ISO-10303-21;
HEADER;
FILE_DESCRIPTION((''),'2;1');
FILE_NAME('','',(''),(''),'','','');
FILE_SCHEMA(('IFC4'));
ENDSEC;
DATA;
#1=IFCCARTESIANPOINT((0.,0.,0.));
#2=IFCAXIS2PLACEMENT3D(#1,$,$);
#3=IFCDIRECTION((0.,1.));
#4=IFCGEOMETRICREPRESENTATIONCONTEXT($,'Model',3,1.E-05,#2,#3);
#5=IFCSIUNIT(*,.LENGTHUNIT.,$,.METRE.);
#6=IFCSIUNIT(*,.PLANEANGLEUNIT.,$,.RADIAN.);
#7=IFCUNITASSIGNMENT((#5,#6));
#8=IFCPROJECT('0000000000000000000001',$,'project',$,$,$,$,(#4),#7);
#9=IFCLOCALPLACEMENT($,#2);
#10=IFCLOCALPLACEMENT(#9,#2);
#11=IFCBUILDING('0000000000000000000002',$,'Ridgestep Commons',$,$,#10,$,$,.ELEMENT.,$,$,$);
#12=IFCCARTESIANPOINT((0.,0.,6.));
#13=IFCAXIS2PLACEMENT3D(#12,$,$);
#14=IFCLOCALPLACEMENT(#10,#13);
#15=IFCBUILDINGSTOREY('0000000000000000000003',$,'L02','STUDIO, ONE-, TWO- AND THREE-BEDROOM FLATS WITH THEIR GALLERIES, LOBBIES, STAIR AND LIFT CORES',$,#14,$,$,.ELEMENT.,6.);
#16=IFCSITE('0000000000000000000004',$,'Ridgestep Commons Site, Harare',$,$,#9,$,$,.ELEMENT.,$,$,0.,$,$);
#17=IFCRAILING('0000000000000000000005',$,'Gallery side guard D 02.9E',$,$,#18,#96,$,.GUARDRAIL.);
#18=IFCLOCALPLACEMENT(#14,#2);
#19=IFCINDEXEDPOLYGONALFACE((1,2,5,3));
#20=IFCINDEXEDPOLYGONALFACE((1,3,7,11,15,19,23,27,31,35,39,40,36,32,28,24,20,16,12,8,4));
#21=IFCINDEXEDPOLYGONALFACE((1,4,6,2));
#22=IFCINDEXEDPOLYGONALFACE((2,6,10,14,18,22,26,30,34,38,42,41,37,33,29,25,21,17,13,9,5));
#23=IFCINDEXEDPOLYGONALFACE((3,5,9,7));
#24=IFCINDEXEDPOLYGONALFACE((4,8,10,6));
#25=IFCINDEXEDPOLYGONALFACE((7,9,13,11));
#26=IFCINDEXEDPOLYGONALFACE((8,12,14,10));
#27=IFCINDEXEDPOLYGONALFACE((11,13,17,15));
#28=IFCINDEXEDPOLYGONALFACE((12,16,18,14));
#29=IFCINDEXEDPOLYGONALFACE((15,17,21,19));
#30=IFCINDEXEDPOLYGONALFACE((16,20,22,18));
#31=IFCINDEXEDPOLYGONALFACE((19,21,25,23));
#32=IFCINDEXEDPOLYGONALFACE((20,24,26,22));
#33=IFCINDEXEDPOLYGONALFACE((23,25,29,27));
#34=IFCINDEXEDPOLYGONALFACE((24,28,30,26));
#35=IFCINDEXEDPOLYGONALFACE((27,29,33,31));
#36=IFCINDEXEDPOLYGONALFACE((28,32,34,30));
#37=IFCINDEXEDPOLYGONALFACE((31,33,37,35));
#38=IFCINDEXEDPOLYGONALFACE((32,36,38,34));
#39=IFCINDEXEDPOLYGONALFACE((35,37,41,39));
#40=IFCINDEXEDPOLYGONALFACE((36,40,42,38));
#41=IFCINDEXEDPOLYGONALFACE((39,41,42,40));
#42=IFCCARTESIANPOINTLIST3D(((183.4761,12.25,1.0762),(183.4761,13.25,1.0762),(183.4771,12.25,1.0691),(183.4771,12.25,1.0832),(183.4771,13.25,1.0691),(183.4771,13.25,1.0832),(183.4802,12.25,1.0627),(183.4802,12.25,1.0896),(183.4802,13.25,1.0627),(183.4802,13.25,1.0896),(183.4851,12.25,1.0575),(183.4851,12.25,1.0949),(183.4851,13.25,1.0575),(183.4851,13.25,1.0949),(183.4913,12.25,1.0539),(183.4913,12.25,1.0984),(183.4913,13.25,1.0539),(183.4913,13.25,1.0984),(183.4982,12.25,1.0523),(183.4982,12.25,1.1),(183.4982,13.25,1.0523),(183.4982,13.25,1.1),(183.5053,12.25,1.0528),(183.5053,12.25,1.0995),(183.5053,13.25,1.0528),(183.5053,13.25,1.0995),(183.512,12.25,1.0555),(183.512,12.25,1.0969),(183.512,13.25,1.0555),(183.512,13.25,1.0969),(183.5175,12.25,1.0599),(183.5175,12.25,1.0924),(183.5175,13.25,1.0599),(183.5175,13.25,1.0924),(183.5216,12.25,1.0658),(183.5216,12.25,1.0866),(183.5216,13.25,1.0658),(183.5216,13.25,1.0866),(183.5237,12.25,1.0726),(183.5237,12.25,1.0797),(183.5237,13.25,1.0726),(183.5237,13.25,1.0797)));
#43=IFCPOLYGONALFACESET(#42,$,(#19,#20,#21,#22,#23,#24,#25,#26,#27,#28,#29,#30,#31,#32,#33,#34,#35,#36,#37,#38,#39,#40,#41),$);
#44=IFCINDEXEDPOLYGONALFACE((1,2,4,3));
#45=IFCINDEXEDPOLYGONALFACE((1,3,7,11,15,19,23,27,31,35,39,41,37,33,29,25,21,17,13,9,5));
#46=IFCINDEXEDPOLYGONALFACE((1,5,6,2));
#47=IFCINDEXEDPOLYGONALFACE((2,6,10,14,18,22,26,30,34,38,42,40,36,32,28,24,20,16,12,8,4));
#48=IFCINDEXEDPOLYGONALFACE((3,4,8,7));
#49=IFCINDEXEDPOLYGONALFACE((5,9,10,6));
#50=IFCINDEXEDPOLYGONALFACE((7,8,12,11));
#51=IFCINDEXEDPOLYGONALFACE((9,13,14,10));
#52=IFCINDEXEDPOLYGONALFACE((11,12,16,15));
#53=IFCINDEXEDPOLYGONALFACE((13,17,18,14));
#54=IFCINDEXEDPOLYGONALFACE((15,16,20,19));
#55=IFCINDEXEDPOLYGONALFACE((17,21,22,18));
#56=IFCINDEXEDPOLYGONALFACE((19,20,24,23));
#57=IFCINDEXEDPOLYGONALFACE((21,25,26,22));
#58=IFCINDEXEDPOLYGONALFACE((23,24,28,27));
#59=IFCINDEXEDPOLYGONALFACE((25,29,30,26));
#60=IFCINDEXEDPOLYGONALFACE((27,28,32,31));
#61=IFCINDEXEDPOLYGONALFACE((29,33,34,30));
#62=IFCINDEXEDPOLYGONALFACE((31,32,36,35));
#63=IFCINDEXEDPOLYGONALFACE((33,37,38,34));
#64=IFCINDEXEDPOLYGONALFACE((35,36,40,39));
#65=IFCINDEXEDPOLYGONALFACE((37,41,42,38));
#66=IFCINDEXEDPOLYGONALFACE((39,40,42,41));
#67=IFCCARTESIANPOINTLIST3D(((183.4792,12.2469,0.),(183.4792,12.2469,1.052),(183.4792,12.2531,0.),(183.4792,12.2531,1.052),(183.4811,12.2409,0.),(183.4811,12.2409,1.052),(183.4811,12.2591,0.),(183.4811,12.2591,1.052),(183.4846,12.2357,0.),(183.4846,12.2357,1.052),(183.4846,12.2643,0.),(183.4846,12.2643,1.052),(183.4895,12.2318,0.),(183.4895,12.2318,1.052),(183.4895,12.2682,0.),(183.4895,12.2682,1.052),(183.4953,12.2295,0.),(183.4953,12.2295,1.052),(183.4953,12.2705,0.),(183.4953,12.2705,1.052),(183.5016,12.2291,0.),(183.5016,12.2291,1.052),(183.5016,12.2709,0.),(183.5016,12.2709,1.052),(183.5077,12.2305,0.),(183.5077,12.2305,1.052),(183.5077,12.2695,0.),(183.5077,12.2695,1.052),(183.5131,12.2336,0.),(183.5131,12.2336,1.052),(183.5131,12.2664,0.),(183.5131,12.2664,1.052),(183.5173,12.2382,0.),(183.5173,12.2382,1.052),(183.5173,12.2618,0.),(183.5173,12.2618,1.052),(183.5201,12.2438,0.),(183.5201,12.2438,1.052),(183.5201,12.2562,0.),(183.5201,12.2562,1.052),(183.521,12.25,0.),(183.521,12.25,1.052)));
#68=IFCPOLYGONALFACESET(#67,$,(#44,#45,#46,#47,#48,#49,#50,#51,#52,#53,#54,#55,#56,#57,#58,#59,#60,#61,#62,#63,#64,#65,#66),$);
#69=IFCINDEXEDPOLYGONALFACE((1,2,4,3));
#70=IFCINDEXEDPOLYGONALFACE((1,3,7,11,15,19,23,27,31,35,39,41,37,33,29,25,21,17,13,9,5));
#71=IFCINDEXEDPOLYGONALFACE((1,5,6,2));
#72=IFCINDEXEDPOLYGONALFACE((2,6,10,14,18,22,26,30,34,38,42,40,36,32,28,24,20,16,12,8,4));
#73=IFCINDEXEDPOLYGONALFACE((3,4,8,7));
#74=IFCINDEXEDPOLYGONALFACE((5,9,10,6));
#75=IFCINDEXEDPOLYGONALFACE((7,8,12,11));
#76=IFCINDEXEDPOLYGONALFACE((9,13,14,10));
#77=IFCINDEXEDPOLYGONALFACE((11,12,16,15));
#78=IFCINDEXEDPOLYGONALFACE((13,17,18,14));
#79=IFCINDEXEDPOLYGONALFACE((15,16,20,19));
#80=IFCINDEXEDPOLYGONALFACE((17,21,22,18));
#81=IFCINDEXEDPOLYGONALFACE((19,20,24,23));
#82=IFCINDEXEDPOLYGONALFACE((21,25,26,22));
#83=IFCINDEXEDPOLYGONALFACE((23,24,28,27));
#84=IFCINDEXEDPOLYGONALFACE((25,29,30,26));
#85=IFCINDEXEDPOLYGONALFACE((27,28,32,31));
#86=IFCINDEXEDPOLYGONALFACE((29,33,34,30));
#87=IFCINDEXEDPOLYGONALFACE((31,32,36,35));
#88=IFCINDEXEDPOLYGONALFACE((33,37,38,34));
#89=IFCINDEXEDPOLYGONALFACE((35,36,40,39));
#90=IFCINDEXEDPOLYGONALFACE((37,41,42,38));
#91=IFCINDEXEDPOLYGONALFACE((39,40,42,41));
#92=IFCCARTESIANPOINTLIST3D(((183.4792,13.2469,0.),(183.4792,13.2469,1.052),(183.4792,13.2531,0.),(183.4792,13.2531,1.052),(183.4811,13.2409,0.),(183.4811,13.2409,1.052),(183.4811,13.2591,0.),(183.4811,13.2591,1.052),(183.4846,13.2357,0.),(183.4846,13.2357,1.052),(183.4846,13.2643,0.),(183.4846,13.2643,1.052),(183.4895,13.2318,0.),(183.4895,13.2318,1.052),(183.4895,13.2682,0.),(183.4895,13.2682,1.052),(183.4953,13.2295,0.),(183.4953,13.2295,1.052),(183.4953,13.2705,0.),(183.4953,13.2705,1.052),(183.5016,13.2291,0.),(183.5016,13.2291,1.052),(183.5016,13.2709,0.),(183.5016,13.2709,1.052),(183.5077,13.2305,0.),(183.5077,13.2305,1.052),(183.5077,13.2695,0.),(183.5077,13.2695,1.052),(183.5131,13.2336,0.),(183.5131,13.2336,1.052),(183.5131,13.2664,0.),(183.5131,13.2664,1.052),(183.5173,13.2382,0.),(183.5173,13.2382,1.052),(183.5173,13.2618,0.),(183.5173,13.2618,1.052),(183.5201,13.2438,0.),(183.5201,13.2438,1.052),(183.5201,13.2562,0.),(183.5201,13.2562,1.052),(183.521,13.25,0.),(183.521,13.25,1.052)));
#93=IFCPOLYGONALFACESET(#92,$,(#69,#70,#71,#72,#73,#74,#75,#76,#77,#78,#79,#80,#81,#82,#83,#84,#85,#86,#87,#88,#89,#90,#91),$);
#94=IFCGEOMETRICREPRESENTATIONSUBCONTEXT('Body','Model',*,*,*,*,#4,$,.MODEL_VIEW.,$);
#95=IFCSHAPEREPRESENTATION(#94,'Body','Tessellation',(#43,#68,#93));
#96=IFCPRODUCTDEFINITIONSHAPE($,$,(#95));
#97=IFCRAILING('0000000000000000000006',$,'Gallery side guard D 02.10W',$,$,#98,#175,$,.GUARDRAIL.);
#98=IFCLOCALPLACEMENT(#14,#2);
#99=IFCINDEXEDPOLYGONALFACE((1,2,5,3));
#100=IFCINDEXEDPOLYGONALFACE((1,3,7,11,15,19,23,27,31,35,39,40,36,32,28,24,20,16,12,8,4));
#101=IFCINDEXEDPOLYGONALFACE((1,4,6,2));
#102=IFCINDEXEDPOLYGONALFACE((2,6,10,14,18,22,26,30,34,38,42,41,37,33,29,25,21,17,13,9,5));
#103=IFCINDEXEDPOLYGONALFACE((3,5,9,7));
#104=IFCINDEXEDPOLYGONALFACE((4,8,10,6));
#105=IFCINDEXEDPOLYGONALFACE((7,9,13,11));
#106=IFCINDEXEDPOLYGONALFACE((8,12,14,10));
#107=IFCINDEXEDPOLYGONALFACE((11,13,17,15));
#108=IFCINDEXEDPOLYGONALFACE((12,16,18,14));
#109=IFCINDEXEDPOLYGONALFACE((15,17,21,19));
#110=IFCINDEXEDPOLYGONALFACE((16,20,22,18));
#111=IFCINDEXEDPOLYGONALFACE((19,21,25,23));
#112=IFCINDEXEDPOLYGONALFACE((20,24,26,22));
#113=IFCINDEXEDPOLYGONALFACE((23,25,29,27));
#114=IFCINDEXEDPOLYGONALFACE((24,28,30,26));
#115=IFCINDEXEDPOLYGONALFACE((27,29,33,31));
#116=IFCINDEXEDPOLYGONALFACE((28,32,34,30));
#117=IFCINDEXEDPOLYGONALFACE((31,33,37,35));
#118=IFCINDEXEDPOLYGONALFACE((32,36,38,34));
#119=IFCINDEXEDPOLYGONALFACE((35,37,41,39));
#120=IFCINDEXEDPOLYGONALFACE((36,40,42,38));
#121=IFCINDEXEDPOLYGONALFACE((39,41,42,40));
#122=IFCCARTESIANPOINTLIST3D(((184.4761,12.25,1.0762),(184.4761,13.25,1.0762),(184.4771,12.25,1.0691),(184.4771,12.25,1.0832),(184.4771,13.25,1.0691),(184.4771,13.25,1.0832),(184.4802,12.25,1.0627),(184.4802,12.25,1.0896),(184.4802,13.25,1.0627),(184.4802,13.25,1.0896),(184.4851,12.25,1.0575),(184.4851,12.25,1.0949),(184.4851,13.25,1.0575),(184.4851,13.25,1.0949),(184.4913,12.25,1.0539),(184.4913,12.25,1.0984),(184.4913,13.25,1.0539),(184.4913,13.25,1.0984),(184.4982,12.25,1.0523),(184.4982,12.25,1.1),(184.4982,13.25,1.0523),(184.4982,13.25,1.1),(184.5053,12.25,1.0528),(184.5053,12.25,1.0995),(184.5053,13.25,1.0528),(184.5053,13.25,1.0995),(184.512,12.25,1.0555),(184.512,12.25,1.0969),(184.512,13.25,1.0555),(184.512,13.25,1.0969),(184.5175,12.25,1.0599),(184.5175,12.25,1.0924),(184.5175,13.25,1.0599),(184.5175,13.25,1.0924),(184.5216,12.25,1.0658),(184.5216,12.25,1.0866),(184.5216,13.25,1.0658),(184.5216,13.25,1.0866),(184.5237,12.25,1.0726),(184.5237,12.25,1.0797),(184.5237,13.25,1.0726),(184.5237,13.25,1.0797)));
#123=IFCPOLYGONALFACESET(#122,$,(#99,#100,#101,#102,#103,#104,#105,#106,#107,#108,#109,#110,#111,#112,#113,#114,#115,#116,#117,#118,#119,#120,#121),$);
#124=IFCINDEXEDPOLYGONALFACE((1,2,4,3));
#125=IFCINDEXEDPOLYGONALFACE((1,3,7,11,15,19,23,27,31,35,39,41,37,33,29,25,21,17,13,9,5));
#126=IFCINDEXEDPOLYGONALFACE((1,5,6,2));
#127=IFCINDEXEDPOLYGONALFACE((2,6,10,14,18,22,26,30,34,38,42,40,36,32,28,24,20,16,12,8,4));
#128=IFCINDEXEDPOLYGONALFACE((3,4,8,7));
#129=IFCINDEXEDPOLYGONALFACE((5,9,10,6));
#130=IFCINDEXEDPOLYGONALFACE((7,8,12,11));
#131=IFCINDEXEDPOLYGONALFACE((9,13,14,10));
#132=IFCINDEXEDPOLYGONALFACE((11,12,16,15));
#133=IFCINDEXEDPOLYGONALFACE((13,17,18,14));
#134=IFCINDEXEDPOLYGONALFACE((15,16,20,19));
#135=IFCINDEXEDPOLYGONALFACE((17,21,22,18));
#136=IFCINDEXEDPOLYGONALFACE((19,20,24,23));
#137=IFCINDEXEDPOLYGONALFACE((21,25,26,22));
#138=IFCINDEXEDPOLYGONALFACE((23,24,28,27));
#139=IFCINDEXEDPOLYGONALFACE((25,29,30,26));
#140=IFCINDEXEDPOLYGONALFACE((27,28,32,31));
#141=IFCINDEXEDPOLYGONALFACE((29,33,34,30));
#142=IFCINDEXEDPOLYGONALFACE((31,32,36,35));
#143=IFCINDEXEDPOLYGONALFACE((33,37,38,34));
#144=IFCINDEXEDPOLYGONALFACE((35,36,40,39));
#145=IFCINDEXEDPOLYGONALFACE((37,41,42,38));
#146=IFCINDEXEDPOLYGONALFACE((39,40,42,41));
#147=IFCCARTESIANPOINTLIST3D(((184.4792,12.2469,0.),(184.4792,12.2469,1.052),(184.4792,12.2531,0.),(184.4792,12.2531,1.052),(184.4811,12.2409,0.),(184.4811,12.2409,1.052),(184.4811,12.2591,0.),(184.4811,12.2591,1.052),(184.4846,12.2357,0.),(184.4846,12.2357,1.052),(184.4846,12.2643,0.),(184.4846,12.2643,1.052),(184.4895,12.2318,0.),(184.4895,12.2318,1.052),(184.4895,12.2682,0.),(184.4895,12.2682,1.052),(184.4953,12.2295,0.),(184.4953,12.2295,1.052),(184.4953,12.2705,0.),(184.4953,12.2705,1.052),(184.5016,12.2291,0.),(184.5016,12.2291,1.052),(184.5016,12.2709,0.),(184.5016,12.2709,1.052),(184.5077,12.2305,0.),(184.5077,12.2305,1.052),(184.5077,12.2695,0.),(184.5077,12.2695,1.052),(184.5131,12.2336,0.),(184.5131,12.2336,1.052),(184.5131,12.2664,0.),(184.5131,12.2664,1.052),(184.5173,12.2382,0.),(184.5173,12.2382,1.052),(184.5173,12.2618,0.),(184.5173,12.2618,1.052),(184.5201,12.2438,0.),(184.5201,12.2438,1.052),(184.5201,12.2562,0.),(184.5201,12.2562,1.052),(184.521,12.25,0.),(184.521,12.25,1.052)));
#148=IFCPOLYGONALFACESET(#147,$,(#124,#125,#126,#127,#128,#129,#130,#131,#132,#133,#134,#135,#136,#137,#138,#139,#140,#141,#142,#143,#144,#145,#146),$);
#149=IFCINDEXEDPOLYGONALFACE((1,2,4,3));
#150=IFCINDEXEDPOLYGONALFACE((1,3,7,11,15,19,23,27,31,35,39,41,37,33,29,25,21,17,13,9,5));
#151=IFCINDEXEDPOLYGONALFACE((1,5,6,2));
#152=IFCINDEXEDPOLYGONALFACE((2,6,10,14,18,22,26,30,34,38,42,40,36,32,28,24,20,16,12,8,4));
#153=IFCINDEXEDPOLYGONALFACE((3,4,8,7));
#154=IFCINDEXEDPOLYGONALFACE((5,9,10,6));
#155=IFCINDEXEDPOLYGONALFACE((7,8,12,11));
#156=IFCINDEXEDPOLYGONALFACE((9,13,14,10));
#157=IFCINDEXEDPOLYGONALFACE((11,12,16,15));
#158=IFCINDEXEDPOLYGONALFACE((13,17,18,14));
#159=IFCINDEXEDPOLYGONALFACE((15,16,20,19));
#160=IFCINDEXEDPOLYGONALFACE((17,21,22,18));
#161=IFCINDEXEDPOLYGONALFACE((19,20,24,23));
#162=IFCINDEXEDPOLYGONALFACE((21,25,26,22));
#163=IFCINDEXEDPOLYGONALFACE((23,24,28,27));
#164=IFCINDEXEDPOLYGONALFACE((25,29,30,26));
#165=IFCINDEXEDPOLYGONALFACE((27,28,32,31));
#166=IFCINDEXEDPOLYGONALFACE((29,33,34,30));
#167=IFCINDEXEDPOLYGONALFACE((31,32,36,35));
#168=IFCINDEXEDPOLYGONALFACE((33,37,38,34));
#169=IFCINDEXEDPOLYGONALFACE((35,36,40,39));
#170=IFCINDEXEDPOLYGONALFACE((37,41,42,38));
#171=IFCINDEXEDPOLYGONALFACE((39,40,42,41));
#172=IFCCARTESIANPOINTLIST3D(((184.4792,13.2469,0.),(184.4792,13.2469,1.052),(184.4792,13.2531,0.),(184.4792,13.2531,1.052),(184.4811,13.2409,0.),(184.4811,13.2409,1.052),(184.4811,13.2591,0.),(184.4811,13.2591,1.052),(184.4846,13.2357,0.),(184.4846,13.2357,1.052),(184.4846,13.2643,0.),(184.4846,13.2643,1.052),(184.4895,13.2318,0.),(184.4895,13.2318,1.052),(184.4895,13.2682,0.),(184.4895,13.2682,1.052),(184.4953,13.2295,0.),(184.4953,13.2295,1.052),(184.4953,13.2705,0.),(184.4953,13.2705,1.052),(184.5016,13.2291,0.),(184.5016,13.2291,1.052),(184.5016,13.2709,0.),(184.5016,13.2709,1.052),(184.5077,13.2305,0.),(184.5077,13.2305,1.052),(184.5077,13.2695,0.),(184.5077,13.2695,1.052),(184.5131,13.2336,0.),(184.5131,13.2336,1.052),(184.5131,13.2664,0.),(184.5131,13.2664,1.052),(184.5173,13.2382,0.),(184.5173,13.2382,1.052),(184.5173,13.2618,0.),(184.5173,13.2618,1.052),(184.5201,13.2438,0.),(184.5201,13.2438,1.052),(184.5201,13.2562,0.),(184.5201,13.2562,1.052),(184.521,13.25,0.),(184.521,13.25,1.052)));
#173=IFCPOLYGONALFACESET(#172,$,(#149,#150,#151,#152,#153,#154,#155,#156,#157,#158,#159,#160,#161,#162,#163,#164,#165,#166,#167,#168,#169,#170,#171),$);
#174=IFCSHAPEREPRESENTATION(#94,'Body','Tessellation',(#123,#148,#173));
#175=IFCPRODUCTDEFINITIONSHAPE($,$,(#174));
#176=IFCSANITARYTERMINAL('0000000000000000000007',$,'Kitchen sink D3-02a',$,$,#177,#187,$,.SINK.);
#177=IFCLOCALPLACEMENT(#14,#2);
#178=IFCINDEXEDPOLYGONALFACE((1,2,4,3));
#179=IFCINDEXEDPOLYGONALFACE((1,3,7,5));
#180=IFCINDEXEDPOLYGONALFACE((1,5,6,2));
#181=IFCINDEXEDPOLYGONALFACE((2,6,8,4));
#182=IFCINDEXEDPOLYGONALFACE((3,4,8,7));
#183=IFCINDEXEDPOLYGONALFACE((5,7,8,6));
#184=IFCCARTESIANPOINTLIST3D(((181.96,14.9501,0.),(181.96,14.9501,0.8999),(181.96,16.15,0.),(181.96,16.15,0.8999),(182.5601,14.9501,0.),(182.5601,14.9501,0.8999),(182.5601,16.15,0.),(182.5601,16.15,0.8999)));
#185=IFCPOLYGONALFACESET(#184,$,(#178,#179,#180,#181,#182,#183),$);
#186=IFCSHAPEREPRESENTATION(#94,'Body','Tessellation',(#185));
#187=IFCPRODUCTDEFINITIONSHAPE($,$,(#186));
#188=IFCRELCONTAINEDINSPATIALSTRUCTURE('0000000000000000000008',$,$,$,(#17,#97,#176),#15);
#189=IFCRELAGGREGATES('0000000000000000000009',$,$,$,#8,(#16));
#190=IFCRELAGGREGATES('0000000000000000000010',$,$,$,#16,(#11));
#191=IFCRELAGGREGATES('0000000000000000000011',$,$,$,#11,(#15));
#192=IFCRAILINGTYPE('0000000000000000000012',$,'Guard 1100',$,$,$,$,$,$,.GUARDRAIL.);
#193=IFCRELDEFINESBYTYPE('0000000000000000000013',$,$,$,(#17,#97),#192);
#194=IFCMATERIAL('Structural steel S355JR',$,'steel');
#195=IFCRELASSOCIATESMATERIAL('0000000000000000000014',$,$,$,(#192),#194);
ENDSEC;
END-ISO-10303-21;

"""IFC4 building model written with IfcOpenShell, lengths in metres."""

from ifc_helpers import new_model, si_unit, direction, frame, origin, origin_2d, place, context, subcontext, project, spatial, rectangle, circle, extrude, material, type_object, element, save


model = new_model("IFC4")

# Units and contexts
model_context = context("Model", 3, precision=1e-05, world=origin(), true_north=direction((0.0, 1.0)))
body_context = subcontext(model_context, "Body", "Model", "MODEL_VIEW")
ifc_project = project(units=[si_unit("LENGTHUNIT", "METRE"), si_unit("PLANEANGLEUNIT", "RADIAN")], contexts=[model_context])

# Site, building, storey
site_placement = place(None, origin())
site = spatial("IfcSite", under=ifc_project, at=site_placement, Name="Ridgestep Commons Site, Harare", CompositionType="ELEMENT", RefElevation=0.0)
building_placement = place(site_placement, origin())
building = spatial("IfcBuilding", under=site, at=building_placement, Name="Ridgestep Commons", CompositionType="ELEMENT")
storey_placement = place(building_placement, frame((0.0, 0.0, 6.0)))
storey = spatial("IfcBuildingStorey", under=building, at=storey_placement, Name="L02", Description="STUDIO, ONE-, TWO- AND THREE-BEDROOM FLATS WITH THEIR GALLERIES, LOBBIES, STAIR AND LIFT CORES", CompositionType="ELEMENT", Elevation=6.0)

# Railings
ifc_material_1 = material(Name="Structural steel S355JR", Category="steel")
railing_type = type_object("IfcRailingType", Name="Guard 1100", PredefinedType="GUARDRAIL", material=ifc_material_1)
for number, where, name in (
    (1, (183.5, 12.25, 0.0), "Gallery side guard D 02.9E"),
    (2, (184.5, 12.25, 0.0), "Gallery side guard D 02.10W"),
):
    element("IfcRailing", number, at=place(storey_placement, frame(where)), inside=storey, type_object=railing_type, Name=name, PredefinedType="GUARDRAIL", context=body_context, shape_type="SweptSolid", body=[
        extrude(circle(Radius=0.0239, at=origin_2d()), frame((0.0, 0.0, 1.0762), z_axis=(0.0, 1.0, 0.0), x_axis=(-1.0, 0.0, 0.0)), (0.0, 0.0, 1.0), 1.0),
        extrude(circle(Radius=0.021, at=origin_2d()), origin(), (0.0, 0.0, 1.0), 1.052),
        extrude(circle(Radius=0.021, at=origin_2d()), frame((0.0, 1.0, 0.0)), (0.0, 0.0, 1.0), 1.052),
    ])

# Sanitary terminal
sanitary_terminal_placement = place(storey_placement, frame((182.26, 15.55, 0.0), z_axis=(0.0, 0.0, 1.0), x_axis=(1.0, 0.0, 0.0)))
element("IfcSanitaryTerminal", 3, at=sanitary_terminal_placement, inside=storey, Name="Kitchen sink D3-02a", PredefinedType="SINK", context=body_context, shape_type="SweptSolid", body=[
    extrude(rectangle(XDim=0.6001, YDim=1.2, at=origin_2d()), origin(), (0.0, 0.0, 1.0), 0.8999),
])

save(model, "model.ifc")
